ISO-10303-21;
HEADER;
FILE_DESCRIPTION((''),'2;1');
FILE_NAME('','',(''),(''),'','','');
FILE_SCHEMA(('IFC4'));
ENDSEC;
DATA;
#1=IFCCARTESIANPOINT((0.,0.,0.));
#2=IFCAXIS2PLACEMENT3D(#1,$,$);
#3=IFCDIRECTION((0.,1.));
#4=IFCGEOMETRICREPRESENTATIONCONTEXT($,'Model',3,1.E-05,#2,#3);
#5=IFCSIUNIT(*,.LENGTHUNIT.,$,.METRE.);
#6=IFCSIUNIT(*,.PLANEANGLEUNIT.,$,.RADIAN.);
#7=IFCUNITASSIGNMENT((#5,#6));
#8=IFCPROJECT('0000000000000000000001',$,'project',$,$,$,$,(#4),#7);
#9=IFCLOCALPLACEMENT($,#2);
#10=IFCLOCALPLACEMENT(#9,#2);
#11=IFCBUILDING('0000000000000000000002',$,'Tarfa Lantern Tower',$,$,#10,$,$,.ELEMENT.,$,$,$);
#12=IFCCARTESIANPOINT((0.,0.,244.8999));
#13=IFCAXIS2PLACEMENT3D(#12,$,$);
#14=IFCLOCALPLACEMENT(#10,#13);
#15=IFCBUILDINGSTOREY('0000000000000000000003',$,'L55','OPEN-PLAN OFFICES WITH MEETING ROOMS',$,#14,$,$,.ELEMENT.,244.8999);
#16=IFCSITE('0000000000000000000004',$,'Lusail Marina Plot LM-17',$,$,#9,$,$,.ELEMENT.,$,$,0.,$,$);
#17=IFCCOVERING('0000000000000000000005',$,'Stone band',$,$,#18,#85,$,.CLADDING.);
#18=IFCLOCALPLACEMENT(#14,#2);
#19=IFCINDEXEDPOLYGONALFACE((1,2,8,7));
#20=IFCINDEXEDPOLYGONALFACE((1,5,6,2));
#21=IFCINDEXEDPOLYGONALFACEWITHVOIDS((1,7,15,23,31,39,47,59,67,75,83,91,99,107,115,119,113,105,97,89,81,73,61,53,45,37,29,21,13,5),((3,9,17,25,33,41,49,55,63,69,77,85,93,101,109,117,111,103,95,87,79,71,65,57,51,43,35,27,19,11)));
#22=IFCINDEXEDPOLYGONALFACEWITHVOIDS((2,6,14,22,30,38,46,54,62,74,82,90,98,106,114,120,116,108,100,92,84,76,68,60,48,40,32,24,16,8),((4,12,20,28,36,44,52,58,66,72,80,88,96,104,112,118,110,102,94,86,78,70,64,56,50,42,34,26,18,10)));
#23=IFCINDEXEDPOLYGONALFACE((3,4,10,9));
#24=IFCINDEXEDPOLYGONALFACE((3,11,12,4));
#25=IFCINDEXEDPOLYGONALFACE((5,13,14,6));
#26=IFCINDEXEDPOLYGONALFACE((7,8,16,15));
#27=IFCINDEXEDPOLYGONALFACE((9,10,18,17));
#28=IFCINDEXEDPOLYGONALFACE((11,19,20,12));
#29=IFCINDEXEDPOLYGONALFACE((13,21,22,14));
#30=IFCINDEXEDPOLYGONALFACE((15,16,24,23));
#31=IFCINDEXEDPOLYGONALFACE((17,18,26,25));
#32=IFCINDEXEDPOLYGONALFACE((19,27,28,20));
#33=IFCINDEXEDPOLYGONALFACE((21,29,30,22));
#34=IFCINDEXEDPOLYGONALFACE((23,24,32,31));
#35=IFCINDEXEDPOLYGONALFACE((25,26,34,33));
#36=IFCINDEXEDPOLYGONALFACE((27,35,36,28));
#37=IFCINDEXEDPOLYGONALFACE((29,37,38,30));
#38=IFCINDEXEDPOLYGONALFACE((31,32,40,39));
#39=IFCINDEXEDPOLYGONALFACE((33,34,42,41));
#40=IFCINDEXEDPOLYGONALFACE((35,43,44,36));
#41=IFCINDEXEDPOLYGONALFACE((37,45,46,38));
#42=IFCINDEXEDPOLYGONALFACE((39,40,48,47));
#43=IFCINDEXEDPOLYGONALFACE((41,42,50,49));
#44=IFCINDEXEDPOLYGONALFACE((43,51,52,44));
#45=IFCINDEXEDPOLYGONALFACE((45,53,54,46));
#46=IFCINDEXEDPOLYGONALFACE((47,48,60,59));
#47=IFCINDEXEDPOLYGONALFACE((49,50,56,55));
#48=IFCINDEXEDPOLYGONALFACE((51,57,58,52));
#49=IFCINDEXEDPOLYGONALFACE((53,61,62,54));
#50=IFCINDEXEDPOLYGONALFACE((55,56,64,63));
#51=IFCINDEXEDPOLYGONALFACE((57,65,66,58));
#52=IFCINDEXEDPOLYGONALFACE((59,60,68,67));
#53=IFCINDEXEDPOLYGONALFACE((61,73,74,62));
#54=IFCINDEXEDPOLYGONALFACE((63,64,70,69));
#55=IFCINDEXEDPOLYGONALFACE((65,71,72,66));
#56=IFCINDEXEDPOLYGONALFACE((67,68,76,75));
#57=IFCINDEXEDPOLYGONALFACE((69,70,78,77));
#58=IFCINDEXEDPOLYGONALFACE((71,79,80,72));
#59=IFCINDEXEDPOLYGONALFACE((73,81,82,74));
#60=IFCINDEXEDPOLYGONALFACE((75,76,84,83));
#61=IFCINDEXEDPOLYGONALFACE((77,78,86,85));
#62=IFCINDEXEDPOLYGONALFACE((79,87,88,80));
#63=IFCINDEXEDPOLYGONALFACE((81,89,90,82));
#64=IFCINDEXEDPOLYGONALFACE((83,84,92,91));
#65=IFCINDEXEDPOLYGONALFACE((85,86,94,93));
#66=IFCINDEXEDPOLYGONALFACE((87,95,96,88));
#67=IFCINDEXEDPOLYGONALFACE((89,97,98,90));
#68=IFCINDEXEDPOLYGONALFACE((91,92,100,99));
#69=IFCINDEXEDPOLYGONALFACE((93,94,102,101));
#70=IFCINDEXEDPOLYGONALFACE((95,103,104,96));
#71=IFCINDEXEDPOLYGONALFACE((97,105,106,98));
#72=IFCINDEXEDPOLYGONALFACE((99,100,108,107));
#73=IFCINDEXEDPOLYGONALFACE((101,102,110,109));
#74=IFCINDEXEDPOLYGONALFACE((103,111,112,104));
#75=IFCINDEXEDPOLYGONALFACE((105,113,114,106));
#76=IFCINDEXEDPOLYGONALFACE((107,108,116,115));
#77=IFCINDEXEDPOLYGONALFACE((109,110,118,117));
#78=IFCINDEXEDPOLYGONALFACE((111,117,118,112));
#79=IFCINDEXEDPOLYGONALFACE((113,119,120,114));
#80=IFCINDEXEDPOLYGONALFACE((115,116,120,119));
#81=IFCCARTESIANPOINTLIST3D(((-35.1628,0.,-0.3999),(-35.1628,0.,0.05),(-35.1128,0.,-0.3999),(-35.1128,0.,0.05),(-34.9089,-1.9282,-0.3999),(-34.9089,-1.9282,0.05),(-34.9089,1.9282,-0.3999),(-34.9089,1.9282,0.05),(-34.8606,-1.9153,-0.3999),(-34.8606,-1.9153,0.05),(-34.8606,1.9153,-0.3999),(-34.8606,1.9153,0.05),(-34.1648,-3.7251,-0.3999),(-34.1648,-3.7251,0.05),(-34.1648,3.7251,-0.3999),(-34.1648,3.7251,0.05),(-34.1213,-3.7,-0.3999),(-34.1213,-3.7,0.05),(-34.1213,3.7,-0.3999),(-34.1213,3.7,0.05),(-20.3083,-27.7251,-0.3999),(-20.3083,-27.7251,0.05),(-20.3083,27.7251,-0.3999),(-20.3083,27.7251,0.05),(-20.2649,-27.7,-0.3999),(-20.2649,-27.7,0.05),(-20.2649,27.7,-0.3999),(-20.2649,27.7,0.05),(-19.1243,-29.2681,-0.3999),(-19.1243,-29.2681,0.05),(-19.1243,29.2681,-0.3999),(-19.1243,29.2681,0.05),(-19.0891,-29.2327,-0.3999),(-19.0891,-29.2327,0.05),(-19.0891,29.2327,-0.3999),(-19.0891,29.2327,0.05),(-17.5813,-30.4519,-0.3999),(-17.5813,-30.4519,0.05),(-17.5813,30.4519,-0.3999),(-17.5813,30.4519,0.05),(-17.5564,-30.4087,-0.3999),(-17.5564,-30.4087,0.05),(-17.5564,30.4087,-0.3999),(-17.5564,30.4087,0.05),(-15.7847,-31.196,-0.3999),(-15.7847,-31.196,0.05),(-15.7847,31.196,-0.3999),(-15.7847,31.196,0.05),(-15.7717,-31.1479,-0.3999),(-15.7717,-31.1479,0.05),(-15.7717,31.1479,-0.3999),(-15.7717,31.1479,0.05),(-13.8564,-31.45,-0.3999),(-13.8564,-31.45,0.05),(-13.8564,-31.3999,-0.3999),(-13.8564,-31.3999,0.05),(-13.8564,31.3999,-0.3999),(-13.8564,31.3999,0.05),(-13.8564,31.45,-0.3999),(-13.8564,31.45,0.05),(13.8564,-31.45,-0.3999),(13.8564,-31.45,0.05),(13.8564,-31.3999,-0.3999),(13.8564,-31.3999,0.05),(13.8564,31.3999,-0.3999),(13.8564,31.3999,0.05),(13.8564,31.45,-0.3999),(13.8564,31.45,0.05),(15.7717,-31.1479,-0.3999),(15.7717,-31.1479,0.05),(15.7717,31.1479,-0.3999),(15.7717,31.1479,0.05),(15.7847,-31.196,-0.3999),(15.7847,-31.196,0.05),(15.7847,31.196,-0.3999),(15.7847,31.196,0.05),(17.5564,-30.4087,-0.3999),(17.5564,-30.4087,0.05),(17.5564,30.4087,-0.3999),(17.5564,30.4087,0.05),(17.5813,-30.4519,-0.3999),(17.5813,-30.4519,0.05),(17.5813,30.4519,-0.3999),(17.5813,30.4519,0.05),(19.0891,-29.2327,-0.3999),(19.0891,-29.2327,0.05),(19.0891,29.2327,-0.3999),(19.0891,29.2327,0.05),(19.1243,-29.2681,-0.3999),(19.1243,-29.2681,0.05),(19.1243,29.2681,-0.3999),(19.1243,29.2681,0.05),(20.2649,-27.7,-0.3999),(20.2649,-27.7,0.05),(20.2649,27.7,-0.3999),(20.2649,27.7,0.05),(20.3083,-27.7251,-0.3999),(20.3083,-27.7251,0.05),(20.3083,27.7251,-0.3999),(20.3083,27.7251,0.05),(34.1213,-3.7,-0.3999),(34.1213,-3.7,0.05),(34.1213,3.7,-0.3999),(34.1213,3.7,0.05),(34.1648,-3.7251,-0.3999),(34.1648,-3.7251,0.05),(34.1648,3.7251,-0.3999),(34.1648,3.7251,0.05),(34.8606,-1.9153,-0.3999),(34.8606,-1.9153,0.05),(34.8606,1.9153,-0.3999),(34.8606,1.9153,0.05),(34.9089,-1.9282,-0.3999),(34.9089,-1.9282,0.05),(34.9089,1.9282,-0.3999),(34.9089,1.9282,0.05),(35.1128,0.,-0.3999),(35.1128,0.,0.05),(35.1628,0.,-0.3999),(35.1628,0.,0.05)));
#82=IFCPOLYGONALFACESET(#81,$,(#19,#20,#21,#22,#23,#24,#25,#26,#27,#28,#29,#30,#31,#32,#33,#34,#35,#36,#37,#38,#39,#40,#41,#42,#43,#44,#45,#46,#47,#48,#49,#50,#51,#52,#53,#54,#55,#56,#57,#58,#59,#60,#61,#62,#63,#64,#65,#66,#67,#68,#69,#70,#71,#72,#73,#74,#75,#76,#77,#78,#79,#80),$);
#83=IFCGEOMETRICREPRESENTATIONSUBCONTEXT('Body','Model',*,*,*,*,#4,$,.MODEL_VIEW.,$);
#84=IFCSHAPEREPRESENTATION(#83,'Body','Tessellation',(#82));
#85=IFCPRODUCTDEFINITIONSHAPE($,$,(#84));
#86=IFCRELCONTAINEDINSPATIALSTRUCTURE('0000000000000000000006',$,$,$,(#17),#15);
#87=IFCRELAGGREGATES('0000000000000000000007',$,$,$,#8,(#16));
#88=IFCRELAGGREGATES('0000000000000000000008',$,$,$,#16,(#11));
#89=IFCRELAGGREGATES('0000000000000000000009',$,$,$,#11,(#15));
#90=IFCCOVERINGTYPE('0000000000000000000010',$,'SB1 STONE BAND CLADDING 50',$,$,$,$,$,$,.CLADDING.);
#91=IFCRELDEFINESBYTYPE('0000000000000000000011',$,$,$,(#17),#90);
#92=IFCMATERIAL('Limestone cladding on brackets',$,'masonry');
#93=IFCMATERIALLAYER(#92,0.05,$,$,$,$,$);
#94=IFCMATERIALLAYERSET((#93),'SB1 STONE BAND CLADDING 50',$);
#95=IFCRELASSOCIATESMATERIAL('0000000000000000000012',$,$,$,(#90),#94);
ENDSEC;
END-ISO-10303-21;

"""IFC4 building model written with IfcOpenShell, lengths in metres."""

from ifc_helpers import new_model, si_unit, direction, frame, origin, place, context, subcontext, project, spatial, polyline, outline, extrude, material, layer, layer_set, type_object, element, save


model = new_model("IFC4")

# Units and contexts
model_context = context("Model", 3, precision=1e-05, world=origin(), true_north=direction((0.0, 1.0)))
body_context = subcontext(model_context, "Body", "Model", "MODEL_VIEW")
ifc_project = project(units=[si_unit("LENGTHUNIT", "METRE"), si_unit("PLANEANGLEUNIT", "RADIAN")], contexts=[model_context])

# Site, building, storey
site_placement = place(None, origin())
site = spatial("IfcSite", under=ifc_project, at=site_placement, Name="Lusail Marina Plot LM-17", CompositionType="ELEMENT", RefElevation=0.0)
building_placement = place(site_placement, origin())
building = spatial("IfcBuilding", under=site, at=building_placement, Name="Tarfa Lantern Tower", CompositionType="ELEMENT")
storey_placement = place(building_placement, frame((0.0, 0.0, 244.8999)))
storey = spatial("IfcBuildingStorey", under=building, at=storey_placement, Name="L55", Description="OPEN-PLAN OFFICES WITH MEETING ROOMS", CompositionType="ELEMENT", Elevation=244.8999)

# Covering
ifc_material_1 = material(Name="Limestone cladding on brackets", Category="masonry")
ifc_layer_1 = layer(ifc_material_1, 0.05)
ifc_layer_set_1 = layer_set([ifc_layer_1], Name="SB1 STONE BAND CLADDING 50")
covering_type_1 = type_object("IfcCoveringType", Name="SB1 STONE BAND CLADDING 50", PredefinedType="CLADDING", material=ifc_layer_set_1)
covering_1_placement = place(storey_placement, frame((0.0, 0.0, -0.3999)))
element("IfcCovering", 1, at=covering_1_placement, inside=storey, type_object=covering_type_1, Name="Stone band", PredefinedType="CLADDING", context=body_context, shape_type="SweptSolid", body=[
    extrude(outline(polyline([(34.1648, 3.7251), (20.3083, 27.7251), (19.1243, 29.2681), (17.5813, 30.4519), (15.7847, 31.196), (13.8564, 31.45), (-13.8564, 31.45), (-15.7847, 31.196), (-17.5813, 30.4519), (-19.1243, 29.2681), (-20.3083, 27.7251), (-34.1648, 3.7251), (-34.9089, 1.9282), (-35.1628, 0.0), (-34.9089, -1.9282), (-34.1648, -3.7251), (-20.3083, -27.7251), (-19.1243, -29.2681), (-17.5813, -30.4519), (-15.7847, -31.196), (-13.8564, -31.45), (13.8564, -31.45), (15.7847, -31.196), (17.5813, -30.4519), (19.1243, -29.2681), (20.3083, -27.7251), (34.1648, -3.7251), (34.9089, -1.9282), (35.1628, 0.0), (34.9089, 1.9282), (34.1648, 3.7251)]), holes=[polyline([(34.1213, 3.7), (20.2649, 27.7), (19.0891, 29.2327), (17.5564, 30.4087), (15.7717, 31.1479), (13.8564, 31.3999), (-13.8564, 31.3999), (-15.7717, 31.1479), (-17.5564, 30.4087), (-19.0891, 29.2327), (-20.2649, 27.7), (-34.1213, 3.7), (-34.8606, 1.9153), (-35.1128, 0.0), (-34.8606, -1.9153), (-34.1213, -3.7), (-20.2649, -27.7), (-19.0891, -29.2327), (-17.5564, -30.4087), (-15.7717, -31.1479), (-13.8564, -31.3999), (13.8564, -31.3999), (15.7717, -31.1479), (17.5564, -30.4087), (19.0891, -29.2327), (20.2649, -27.7), (34.1213, -3.7), (34.8606, -1.9153), (35.1128, 0.0), (34.8606, 1.9153), (34.1213, 3.7)])]), origin(), (0.0, 0.0, 1.0), 0.45),
])

save(model, "model.ifc")
